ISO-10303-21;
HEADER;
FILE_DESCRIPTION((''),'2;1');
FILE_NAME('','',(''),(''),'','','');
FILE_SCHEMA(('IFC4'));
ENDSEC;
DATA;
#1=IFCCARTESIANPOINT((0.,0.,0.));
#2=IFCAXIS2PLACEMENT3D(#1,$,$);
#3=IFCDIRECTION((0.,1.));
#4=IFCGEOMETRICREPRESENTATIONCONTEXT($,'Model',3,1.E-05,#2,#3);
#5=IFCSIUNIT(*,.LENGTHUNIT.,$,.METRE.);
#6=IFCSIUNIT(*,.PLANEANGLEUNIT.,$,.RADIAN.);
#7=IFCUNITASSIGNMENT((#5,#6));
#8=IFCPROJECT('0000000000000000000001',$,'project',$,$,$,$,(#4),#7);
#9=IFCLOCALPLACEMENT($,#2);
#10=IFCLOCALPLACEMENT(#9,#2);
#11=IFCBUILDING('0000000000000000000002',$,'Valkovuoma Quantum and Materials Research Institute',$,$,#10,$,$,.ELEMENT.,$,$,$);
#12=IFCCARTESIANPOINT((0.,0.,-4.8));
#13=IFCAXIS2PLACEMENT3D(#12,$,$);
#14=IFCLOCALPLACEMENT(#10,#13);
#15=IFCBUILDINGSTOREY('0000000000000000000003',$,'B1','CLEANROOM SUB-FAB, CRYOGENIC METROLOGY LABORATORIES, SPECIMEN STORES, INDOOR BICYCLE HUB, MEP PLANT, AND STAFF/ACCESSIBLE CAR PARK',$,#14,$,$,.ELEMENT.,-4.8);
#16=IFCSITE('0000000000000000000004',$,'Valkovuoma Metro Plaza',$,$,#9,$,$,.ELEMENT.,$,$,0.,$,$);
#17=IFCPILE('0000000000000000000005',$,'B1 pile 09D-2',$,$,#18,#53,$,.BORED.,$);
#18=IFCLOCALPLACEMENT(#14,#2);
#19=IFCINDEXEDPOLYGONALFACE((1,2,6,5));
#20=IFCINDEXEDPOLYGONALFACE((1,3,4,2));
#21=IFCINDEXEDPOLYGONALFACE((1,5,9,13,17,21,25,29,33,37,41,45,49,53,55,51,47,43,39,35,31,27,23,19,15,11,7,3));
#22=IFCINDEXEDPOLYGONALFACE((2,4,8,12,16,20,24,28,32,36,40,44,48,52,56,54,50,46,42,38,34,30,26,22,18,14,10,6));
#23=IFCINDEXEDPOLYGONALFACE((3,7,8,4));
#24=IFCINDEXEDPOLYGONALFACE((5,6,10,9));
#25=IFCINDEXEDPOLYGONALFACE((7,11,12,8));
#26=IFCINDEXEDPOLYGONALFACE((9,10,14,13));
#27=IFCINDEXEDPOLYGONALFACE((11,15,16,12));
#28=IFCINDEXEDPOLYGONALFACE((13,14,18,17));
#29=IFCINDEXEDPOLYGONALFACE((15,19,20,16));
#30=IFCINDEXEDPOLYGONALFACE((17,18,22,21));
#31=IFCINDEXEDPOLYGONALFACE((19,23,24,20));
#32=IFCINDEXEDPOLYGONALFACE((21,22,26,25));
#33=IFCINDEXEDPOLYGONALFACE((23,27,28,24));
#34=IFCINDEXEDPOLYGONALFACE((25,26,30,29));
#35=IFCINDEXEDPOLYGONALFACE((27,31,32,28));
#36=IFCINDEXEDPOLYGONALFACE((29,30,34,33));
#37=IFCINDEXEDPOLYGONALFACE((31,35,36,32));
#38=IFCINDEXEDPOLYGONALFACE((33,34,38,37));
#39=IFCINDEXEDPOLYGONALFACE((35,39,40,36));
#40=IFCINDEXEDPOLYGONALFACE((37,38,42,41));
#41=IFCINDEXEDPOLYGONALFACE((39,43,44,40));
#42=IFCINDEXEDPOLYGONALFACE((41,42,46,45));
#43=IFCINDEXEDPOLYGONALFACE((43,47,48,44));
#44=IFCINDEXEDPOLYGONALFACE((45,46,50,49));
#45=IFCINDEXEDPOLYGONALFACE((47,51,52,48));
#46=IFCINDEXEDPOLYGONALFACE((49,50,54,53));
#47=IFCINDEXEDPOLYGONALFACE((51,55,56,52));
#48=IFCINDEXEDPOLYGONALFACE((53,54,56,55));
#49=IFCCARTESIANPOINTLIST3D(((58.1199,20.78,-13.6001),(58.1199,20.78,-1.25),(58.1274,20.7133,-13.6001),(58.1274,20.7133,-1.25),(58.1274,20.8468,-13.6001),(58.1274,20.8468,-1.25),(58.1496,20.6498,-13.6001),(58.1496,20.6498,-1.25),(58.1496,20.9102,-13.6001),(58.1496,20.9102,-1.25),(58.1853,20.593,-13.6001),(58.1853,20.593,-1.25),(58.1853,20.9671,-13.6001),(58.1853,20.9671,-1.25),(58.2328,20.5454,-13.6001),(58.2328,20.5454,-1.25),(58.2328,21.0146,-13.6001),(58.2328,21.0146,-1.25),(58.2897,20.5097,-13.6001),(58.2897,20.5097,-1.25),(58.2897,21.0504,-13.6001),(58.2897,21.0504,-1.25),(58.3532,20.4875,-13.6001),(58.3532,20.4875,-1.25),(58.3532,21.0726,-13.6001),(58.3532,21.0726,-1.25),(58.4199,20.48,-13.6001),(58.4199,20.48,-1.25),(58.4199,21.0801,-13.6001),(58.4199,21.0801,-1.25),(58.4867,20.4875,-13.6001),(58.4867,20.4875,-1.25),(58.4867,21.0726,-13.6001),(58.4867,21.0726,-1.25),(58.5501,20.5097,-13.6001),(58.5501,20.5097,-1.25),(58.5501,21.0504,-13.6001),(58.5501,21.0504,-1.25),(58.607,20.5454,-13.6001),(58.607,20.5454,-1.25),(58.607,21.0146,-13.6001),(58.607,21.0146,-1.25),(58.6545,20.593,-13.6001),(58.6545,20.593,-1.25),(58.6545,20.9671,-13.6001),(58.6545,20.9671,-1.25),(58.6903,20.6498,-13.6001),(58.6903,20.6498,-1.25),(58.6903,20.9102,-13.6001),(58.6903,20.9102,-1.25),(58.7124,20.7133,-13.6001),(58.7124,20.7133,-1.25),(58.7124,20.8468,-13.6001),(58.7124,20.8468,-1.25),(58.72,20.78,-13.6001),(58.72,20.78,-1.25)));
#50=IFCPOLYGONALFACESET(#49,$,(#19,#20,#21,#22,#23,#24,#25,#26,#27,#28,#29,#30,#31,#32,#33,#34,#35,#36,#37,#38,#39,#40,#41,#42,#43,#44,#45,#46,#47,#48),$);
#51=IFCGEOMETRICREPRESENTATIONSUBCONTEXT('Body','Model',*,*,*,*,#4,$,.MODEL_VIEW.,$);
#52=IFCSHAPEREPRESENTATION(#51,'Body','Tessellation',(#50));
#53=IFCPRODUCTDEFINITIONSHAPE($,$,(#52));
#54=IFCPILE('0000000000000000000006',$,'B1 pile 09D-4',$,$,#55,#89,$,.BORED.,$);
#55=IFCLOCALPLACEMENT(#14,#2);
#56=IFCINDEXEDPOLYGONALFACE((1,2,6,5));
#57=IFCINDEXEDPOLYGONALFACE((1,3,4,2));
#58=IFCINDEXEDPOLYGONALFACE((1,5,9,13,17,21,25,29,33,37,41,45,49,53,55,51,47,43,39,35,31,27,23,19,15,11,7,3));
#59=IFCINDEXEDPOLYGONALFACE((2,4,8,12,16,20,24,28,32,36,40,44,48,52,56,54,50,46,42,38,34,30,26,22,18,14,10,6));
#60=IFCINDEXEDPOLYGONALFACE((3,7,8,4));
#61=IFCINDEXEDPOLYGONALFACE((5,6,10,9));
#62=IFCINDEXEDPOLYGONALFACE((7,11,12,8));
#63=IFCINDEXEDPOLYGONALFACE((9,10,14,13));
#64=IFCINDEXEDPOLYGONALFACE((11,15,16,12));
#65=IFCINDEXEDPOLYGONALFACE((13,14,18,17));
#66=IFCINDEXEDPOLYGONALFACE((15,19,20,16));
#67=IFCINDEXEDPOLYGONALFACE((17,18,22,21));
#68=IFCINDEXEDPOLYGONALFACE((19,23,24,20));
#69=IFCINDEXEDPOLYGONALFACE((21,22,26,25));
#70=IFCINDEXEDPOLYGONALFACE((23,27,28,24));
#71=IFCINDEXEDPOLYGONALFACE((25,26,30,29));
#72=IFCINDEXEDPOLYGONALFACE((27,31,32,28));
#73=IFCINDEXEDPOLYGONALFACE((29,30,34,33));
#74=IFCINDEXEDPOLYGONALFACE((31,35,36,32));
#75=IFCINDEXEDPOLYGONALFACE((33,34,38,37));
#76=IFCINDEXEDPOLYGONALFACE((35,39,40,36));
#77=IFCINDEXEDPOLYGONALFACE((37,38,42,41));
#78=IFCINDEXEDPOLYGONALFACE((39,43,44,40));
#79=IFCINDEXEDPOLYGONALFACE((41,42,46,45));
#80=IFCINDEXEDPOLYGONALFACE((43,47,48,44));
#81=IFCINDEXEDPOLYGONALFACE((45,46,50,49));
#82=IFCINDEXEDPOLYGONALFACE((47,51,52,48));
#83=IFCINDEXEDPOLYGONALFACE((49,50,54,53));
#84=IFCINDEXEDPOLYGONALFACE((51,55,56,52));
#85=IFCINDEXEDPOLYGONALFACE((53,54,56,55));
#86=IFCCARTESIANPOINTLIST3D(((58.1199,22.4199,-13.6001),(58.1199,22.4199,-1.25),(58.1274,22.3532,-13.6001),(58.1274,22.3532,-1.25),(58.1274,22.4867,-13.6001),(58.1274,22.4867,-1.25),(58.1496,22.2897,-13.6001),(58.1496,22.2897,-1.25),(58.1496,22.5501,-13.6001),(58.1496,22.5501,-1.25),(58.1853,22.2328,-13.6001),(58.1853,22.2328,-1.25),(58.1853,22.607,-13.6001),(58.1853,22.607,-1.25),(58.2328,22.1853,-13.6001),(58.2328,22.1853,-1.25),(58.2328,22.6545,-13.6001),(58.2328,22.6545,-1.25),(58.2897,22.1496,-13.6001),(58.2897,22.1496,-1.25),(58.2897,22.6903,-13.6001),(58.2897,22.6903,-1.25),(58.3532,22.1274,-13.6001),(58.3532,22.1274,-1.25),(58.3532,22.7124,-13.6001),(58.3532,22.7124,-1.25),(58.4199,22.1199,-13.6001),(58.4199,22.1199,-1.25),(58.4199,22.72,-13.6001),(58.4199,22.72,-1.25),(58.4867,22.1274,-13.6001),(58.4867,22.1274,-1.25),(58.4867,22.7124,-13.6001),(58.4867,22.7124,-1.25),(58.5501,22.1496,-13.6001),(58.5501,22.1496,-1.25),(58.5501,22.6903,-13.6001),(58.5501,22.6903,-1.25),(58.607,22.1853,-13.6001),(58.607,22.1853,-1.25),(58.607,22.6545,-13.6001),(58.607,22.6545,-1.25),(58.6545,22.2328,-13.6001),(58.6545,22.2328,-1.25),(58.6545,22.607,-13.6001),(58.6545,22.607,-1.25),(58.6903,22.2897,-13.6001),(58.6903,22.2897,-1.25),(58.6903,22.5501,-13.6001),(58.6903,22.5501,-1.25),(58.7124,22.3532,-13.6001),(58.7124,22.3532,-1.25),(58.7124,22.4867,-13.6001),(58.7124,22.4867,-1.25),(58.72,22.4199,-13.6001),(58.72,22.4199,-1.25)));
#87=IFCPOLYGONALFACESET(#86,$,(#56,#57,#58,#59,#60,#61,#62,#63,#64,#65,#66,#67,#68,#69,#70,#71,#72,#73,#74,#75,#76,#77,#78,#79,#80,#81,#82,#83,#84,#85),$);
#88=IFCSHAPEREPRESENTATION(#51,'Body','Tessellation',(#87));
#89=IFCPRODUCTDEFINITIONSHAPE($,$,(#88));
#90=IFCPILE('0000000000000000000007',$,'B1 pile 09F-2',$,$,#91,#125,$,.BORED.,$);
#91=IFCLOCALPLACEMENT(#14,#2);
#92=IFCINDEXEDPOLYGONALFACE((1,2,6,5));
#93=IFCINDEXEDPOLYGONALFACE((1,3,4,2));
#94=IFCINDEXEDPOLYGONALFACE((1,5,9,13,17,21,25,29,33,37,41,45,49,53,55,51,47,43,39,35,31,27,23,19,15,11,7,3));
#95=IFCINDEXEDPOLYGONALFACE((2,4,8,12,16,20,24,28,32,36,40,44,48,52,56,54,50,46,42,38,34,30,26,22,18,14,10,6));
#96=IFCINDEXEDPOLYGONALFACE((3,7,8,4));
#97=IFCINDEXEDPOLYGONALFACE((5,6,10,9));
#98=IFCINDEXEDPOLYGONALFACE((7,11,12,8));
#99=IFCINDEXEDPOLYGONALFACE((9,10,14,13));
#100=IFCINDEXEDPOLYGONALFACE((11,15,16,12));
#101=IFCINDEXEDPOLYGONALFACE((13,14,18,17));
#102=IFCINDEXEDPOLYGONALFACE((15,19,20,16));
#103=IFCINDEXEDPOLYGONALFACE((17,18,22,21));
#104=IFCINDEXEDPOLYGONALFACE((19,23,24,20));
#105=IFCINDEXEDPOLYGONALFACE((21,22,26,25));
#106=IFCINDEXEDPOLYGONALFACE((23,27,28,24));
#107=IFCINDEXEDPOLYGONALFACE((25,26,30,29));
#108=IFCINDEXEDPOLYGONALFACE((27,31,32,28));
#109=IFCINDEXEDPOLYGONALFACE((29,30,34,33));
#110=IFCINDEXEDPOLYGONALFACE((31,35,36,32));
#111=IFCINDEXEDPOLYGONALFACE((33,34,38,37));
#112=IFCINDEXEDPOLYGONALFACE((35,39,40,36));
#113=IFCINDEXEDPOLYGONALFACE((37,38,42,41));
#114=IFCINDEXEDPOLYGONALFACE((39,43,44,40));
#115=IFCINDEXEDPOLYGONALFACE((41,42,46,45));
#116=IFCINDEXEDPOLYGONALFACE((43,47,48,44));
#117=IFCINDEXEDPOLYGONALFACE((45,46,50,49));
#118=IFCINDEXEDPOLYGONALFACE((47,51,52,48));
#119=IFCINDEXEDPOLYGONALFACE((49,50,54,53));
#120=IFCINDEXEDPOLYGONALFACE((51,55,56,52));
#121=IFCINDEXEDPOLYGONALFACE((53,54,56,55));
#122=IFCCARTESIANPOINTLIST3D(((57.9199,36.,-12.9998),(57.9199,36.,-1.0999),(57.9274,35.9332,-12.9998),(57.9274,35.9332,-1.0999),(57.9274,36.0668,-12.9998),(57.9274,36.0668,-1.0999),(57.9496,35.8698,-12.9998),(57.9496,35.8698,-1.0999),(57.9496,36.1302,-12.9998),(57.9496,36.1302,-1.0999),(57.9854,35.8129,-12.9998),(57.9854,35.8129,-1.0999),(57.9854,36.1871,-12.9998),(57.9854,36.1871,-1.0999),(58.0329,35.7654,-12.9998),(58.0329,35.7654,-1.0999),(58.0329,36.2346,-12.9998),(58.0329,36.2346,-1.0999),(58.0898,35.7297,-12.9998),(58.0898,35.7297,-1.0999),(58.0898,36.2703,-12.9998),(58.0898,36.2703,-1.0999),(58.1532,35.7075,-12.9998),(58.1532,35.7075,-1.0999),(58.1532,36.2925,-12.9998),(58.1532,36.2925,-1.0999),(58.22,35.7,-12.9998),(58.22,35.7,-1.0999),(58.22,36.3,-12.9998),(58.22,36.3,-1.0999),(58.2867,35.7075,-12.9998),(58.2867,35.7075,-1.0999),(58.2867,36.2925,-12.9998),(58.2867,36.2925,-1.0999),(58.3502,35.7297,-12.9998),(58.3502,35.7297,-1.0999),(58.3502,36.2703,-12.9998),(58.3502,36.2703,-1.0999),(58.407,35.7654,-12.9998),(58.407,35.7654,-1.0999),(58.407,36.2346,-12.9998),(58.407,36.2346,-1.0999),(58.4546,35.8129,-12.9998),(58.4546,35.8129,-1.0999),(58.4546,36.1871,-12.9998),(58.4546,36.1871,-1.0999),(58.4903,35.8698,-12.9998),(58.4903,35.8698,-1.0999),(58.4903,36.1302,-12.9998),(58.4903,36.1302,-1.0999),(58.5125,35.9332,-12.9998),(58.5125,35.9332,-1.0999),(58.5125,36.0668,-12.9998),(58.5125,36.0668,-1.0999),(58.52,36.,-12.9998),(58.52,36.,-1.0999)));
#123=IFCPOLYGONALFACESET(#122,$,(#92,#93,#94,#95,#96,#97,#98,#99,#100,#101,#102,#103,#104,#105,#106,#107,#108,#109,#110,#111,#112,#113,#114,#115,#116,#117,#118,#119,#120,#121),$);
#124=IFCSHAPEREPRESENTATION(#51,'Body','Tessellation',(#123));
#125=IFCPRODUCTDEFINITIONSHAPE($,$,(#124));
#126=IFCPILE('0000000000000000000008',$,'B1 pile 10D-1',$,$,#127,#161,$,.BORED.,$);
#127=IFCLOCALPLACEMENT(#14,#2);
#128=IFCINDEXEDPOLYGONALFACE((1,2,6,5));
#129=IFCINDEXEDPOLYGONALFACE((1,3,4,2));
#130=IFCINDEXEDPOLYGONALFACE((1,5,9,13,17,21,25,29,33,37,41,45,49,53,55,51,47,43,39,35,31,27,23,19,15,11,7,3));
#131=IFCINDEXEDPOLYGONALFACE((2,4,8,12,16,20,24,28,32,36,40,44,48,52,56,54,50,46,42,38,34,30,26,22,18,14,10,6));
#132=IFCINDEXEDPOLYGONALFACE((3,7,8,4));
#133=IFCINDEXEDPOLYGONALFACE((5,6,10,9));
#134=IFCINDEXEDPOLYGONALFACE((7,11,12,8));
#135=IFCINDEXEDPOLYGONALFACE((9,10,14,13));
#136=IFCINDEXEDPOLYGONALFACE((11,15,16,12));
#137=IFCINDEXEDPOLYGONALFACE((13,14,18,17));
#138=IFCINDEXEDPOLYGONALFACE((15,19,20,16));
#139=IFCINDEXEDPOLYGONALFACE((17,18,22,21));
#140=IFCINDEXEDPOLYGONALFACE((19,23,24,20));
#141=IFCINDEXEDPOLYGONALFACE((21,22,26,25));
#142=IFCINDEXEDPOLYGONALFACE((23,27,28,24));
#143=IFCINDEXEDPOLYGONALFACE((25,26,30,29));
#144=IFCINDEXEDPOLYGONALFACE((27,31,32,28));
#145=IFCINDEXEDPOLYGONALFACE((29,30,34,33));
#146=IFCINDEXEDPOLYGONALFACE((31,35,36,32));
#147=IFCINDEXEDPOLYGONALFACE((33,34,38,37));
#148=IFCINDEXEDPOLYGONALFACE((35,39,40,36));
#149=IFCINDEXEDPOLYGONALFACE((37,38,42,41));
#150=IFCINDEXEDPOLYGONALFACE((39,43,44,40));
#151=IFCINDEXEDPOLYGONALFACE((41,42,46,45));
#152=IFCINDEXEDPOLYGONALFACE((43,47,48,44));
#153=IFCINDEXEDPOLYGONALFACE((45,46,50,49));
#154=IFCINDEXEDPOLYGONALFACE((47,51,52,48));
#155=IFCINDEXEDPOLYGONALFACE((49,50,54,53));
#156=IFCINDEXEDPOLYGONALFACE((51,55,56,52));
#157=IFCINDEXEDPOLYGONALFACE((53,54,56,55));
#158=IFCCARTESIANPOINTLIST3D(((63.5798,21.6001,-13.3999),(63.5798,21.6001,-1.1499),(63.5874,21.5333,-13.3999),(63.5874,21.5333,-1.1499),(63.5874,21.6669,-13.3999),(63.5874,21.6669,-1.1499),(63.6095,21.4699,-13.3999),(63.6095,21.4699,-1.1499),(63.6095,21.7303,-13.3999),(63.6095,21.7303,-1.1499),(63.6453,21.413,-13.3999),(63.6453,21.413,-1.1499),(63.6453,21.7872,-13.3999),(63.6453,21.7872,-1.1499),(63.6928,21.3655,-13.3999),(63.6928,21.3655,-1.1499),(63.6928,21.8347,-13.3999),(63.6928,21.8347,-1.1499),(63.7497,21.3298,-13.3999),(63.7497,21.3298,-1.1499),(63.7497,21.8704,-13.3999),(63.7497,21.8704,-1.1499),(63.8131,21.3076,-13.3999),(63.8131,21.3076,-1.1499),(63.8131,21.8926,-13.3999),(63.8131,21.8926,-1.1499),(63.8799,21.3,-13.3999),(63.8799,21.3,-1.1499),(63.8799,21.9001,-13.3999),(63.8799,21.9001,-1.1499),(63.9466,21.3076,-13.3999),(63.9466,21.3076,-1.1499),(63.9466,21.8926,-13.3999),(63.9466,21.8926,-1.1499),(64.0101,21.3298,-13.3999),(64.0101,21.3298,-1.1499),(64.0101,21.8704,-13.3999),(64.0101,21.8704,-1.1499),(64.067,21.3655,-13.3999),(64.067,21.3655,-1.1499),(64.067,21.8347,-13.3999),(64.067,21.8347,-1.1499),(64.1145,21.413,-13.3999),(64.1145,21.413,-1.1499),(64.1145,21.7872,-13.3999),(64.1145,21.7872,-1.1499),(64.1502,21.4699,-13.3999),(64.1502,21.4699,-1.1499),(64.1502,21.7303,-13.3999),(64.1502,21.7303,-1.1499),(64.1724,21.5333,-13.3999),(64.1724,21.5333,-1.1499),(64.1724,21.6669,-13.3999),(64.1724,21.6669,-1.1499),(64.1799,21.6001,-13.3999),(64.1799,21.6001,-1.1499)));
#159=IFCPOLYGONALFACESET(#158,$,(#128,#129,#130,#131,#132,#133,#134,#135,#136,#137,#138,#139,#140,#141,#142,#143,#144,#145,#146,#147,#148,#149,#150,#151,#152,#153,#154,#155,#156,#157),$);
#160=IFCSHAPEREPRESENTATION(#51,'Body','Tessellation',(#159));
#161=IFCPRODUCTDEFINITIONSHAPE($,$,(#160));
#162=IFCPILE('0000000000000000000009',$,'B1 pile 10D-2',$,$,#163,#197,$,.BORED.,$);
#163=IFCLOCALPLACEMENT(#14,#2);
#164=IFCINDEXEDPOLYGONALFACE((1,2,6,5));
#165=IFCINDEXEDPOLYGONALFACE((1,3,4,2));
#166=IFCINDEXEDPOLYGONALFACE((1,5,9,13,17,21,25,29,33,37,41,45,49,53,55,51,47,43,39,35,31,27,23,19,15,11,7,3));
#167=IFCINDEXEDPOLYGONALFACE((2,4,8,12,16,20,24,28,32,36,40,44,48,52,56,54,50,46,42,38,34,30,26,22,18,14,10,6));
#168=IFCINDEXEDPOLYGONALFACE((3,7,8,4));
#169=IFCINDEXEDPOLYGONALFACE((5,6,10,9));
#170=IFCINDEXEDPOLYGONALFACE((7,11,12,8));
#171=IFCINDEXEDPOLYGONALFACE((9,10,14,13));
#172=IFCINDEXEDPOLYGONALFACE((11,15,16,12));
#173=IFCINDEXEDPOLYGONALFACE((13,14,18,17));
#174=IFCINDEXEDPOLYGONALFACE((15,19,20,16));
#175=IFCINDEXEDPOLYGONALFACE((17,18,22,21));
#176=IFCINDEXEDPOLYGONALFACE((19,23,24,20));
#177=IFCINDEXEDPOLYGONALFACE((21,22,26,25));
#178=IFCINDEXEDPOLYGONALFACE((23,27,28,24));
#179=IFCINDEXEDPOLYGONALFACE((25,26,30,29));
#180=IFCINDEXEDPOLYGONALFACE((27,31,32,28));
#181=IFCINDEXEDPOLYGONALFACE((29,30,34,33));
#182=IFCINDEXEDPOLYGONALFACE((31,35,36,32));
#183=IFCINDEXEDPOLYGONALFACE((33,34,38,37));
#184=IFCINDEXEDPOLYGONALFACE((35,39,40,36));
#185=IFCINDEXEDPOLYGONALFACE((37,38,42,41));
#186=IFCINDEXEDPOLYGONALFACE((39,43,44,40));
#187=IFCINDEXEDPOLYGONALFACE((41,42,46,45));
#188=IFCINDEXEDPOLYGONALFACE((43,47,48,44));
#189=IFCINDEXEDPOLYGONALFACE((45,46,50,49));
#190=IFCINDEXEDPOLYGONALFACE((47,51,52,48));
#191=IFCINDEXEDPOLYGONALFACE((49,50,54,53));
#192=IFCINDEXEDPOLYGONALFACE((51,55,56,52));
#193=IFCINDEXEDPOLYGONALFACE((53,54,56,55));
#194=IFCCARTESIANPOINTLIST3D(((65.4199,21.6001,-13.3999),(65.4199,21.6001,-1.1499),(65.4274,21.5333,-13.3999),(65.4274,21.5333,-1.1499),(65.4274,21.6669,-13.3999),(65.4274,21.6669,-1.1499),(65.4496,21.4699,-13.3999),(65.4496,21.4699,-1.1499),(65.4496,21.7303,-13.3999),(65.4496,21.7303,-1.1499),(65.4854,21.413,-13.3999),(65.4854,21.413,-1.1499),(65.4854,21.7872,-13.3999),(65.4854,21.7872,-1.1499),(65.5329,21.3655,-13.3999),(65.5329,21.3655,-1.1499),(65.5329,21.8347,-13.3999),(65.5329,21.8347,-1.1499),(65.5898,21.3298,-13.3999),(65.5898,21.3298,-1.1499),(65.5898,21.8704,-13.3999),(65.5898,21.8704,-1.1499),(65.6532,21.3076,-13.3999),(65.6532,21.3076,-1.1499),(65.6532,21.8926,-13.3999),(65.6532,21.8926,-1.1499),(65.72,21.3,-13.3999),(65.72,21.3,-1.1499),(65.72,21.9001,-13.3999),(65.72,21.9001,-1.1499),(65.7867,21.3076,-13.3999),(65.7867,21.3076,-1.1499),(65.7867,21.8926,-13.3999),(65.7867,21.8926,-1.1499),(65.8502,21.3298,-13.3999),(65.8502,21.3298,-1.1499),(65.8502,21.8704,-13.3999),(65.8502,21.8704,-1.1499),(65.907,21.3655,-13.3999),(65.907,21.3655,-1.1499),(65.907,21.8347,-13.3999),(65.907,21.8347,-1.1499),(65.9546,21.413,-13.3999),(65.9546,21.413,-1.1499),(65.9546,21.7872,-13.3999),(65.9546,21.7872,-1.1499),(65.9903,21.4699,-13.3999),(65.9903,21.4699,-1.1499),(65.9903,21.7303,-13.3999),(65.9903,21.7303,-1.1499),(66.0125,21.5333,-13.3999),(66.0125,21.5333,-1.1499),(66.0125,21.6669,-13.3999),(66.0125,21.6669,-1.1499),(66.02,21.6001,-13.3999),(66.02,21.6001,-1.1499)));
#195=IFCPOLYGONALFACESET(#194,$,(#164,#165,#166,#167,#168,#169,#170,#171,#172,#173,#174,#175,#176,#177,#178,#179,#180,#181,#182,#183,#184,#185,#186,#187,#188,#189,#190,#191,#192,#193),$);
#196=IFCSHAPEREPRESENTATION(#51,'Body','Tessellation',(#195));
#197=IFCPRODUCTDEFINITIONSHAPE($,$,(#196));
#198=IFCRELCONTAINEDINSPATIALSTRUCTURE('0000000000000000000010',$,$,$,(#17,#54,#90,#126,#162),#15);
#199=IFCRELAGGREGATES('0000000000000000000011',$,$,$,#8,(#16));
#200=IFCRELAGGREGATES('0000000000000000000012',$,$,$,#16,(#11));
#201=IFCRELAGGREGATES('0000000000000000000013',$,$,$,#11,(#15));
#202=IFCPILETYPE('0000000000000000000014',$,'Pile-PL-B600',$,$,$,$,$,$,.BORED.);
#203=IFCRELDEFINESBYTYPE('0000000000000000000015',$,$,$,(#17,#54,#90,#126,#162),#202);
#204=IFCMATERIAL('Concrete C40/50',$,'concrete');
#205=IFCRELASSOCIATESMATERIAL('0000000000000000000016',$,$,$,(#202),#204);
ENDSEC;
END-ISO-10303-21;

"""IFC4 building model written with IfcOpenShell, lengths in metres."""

from ifc_helpers import new_model, si_unit, direction, frame, origin, origin_2d, place, context, subcontext, project, spatial, circle, extrude, material, material_profile, profile_set, type_object, element, save


model = new_model("IFC4")

# Units and contexts
model_context = context("Model", 3, precision=1e-05, world=origin(), true_north=direction((0.0, 1.0)))
body_context = subcontext(model_context, "Body", "Model", "MODEL_VIEW")
ifc_project = project(units=[si_unit("LENGTHUNIT", "METRE"), si_unit("PLANEANGLEUNIT", "RADIAN")], contexts=[model_context])

# Site, building, storey
site_placement = place(None, origin())
site = spatial("IfcSite", under=ifc_project, at=site_placement, Name="Valkovuoma Metro Plaza", CompositionType="ELEMENT", RefElevation=0.0)
building_placement = place(site_placement, origin())
building = spatial("IfcBuilding", under=site, at=building_placement, Name="Valkovuoma Quantum and Materials Research Institute", CompositionType="ELEMENT")
storey_placement = place(building_placement, frame((0.0, 0.0, -4.8)))
storey = spatial("IfcBuildingStorey", under=building, at=storey_placement, Name="B1", Description="CLEANROOM SUB-FAB, CRYOGENIC METROLOGY LABORATORIES, SPECIMEN STORES, INDOOR BICYCLE HUB, MEP PLANT, AND STAFF/ACCESSIBLE CAR PARK", CompositionType="ELEMENT", Elevation=-4.8)

# Piles
ifc_material_1 = material(Name="Concrete C40/50", Category="concrete")
ifc_material_profile_1 = material_profile(ifc_material_1, circle(Radius=0.3, at=origin_2d()), Name="Concrete C40/50")
ifc_profile_set_1 = profile_set([ifc_material_profile_1], Name="Concrete C40/50")
pile_type_1 = type_object("IfcPileType", Name="Pile-PL-B600", PredefinedType="BORED", material=ifc_profile_set_1)
for number, where, z_axis, x_axis, name in (
    (1, (58.4199, 20.78, -1.25), (0.0, 0.0, -1.0), (1.0, 0.0, 0.0), "B1 pile 09D-2"),
    (2, (58.4199, 22.4199, -1.25), (0.0, 0.0, -1.0), (1.0, 0.0, 0.0), "B1 pile 09D-4"),
):
    element("IfcPile", number, at=place(storey_placement, frame(where, z_axis=z_axis, x_axis=x_axis)), inside=storey, type_object=pile_type_1, Name=name, PredefinedType="BORED", context=body_context, shape_type="SweptSolid", body=[
        extrude(circle(Radius=0.3, at=origin_2d()), origin(), (0.0, 0.0, 1.0), 12.3501),
    ])
pile_1_placement = place(storey_placement, frame((58.22, 36.0, -1.0999), z_axis=(0.0, 0.0, -1.0), x_axis=(1.0, 0.0, 0.0)))
element("IfcPile", 3, at=pile_1_placement, inside=storey, type_object=pile_type_1, Name="B1 pile 09F-2", PredefinedType="BORED", context=body_context, shape_type="SweptSolid", body=[
    extrude(circle(Radius=0.3, at=origin_2d()), origin(), (0.0, 0.0, 1.0), 11.8999),
])
for number, where, z_axis, x_axis, name in (
    (4, (63.8799, 21.6001, -1.1499), (0.0, 0.0, -1.0), (1.0, 0.0, 0.0), "B1 pile 10D-1"),
    (5, (65.72, 21.6001, -1.1499), (0.0, 0.0, -1.0), (1.0, 0.0, 0.0), "B1 pile 10D-2"),
):
    element("IfcPile", number, at=place(storey_placement, frame(where, z_axis=z_axis, x_axis=x_axis)), inside=storey, type_object=pile_type_1, Name=name, PredefinedType="BORED", context=body_context, shape_type="SweptSolid", body=[
        extrude(circle(Radius=0.3, at=origin_2d()), origin(), (0.0, 0.0, 1.0), 12.25),
    ])

save(model, "model.ifc")
